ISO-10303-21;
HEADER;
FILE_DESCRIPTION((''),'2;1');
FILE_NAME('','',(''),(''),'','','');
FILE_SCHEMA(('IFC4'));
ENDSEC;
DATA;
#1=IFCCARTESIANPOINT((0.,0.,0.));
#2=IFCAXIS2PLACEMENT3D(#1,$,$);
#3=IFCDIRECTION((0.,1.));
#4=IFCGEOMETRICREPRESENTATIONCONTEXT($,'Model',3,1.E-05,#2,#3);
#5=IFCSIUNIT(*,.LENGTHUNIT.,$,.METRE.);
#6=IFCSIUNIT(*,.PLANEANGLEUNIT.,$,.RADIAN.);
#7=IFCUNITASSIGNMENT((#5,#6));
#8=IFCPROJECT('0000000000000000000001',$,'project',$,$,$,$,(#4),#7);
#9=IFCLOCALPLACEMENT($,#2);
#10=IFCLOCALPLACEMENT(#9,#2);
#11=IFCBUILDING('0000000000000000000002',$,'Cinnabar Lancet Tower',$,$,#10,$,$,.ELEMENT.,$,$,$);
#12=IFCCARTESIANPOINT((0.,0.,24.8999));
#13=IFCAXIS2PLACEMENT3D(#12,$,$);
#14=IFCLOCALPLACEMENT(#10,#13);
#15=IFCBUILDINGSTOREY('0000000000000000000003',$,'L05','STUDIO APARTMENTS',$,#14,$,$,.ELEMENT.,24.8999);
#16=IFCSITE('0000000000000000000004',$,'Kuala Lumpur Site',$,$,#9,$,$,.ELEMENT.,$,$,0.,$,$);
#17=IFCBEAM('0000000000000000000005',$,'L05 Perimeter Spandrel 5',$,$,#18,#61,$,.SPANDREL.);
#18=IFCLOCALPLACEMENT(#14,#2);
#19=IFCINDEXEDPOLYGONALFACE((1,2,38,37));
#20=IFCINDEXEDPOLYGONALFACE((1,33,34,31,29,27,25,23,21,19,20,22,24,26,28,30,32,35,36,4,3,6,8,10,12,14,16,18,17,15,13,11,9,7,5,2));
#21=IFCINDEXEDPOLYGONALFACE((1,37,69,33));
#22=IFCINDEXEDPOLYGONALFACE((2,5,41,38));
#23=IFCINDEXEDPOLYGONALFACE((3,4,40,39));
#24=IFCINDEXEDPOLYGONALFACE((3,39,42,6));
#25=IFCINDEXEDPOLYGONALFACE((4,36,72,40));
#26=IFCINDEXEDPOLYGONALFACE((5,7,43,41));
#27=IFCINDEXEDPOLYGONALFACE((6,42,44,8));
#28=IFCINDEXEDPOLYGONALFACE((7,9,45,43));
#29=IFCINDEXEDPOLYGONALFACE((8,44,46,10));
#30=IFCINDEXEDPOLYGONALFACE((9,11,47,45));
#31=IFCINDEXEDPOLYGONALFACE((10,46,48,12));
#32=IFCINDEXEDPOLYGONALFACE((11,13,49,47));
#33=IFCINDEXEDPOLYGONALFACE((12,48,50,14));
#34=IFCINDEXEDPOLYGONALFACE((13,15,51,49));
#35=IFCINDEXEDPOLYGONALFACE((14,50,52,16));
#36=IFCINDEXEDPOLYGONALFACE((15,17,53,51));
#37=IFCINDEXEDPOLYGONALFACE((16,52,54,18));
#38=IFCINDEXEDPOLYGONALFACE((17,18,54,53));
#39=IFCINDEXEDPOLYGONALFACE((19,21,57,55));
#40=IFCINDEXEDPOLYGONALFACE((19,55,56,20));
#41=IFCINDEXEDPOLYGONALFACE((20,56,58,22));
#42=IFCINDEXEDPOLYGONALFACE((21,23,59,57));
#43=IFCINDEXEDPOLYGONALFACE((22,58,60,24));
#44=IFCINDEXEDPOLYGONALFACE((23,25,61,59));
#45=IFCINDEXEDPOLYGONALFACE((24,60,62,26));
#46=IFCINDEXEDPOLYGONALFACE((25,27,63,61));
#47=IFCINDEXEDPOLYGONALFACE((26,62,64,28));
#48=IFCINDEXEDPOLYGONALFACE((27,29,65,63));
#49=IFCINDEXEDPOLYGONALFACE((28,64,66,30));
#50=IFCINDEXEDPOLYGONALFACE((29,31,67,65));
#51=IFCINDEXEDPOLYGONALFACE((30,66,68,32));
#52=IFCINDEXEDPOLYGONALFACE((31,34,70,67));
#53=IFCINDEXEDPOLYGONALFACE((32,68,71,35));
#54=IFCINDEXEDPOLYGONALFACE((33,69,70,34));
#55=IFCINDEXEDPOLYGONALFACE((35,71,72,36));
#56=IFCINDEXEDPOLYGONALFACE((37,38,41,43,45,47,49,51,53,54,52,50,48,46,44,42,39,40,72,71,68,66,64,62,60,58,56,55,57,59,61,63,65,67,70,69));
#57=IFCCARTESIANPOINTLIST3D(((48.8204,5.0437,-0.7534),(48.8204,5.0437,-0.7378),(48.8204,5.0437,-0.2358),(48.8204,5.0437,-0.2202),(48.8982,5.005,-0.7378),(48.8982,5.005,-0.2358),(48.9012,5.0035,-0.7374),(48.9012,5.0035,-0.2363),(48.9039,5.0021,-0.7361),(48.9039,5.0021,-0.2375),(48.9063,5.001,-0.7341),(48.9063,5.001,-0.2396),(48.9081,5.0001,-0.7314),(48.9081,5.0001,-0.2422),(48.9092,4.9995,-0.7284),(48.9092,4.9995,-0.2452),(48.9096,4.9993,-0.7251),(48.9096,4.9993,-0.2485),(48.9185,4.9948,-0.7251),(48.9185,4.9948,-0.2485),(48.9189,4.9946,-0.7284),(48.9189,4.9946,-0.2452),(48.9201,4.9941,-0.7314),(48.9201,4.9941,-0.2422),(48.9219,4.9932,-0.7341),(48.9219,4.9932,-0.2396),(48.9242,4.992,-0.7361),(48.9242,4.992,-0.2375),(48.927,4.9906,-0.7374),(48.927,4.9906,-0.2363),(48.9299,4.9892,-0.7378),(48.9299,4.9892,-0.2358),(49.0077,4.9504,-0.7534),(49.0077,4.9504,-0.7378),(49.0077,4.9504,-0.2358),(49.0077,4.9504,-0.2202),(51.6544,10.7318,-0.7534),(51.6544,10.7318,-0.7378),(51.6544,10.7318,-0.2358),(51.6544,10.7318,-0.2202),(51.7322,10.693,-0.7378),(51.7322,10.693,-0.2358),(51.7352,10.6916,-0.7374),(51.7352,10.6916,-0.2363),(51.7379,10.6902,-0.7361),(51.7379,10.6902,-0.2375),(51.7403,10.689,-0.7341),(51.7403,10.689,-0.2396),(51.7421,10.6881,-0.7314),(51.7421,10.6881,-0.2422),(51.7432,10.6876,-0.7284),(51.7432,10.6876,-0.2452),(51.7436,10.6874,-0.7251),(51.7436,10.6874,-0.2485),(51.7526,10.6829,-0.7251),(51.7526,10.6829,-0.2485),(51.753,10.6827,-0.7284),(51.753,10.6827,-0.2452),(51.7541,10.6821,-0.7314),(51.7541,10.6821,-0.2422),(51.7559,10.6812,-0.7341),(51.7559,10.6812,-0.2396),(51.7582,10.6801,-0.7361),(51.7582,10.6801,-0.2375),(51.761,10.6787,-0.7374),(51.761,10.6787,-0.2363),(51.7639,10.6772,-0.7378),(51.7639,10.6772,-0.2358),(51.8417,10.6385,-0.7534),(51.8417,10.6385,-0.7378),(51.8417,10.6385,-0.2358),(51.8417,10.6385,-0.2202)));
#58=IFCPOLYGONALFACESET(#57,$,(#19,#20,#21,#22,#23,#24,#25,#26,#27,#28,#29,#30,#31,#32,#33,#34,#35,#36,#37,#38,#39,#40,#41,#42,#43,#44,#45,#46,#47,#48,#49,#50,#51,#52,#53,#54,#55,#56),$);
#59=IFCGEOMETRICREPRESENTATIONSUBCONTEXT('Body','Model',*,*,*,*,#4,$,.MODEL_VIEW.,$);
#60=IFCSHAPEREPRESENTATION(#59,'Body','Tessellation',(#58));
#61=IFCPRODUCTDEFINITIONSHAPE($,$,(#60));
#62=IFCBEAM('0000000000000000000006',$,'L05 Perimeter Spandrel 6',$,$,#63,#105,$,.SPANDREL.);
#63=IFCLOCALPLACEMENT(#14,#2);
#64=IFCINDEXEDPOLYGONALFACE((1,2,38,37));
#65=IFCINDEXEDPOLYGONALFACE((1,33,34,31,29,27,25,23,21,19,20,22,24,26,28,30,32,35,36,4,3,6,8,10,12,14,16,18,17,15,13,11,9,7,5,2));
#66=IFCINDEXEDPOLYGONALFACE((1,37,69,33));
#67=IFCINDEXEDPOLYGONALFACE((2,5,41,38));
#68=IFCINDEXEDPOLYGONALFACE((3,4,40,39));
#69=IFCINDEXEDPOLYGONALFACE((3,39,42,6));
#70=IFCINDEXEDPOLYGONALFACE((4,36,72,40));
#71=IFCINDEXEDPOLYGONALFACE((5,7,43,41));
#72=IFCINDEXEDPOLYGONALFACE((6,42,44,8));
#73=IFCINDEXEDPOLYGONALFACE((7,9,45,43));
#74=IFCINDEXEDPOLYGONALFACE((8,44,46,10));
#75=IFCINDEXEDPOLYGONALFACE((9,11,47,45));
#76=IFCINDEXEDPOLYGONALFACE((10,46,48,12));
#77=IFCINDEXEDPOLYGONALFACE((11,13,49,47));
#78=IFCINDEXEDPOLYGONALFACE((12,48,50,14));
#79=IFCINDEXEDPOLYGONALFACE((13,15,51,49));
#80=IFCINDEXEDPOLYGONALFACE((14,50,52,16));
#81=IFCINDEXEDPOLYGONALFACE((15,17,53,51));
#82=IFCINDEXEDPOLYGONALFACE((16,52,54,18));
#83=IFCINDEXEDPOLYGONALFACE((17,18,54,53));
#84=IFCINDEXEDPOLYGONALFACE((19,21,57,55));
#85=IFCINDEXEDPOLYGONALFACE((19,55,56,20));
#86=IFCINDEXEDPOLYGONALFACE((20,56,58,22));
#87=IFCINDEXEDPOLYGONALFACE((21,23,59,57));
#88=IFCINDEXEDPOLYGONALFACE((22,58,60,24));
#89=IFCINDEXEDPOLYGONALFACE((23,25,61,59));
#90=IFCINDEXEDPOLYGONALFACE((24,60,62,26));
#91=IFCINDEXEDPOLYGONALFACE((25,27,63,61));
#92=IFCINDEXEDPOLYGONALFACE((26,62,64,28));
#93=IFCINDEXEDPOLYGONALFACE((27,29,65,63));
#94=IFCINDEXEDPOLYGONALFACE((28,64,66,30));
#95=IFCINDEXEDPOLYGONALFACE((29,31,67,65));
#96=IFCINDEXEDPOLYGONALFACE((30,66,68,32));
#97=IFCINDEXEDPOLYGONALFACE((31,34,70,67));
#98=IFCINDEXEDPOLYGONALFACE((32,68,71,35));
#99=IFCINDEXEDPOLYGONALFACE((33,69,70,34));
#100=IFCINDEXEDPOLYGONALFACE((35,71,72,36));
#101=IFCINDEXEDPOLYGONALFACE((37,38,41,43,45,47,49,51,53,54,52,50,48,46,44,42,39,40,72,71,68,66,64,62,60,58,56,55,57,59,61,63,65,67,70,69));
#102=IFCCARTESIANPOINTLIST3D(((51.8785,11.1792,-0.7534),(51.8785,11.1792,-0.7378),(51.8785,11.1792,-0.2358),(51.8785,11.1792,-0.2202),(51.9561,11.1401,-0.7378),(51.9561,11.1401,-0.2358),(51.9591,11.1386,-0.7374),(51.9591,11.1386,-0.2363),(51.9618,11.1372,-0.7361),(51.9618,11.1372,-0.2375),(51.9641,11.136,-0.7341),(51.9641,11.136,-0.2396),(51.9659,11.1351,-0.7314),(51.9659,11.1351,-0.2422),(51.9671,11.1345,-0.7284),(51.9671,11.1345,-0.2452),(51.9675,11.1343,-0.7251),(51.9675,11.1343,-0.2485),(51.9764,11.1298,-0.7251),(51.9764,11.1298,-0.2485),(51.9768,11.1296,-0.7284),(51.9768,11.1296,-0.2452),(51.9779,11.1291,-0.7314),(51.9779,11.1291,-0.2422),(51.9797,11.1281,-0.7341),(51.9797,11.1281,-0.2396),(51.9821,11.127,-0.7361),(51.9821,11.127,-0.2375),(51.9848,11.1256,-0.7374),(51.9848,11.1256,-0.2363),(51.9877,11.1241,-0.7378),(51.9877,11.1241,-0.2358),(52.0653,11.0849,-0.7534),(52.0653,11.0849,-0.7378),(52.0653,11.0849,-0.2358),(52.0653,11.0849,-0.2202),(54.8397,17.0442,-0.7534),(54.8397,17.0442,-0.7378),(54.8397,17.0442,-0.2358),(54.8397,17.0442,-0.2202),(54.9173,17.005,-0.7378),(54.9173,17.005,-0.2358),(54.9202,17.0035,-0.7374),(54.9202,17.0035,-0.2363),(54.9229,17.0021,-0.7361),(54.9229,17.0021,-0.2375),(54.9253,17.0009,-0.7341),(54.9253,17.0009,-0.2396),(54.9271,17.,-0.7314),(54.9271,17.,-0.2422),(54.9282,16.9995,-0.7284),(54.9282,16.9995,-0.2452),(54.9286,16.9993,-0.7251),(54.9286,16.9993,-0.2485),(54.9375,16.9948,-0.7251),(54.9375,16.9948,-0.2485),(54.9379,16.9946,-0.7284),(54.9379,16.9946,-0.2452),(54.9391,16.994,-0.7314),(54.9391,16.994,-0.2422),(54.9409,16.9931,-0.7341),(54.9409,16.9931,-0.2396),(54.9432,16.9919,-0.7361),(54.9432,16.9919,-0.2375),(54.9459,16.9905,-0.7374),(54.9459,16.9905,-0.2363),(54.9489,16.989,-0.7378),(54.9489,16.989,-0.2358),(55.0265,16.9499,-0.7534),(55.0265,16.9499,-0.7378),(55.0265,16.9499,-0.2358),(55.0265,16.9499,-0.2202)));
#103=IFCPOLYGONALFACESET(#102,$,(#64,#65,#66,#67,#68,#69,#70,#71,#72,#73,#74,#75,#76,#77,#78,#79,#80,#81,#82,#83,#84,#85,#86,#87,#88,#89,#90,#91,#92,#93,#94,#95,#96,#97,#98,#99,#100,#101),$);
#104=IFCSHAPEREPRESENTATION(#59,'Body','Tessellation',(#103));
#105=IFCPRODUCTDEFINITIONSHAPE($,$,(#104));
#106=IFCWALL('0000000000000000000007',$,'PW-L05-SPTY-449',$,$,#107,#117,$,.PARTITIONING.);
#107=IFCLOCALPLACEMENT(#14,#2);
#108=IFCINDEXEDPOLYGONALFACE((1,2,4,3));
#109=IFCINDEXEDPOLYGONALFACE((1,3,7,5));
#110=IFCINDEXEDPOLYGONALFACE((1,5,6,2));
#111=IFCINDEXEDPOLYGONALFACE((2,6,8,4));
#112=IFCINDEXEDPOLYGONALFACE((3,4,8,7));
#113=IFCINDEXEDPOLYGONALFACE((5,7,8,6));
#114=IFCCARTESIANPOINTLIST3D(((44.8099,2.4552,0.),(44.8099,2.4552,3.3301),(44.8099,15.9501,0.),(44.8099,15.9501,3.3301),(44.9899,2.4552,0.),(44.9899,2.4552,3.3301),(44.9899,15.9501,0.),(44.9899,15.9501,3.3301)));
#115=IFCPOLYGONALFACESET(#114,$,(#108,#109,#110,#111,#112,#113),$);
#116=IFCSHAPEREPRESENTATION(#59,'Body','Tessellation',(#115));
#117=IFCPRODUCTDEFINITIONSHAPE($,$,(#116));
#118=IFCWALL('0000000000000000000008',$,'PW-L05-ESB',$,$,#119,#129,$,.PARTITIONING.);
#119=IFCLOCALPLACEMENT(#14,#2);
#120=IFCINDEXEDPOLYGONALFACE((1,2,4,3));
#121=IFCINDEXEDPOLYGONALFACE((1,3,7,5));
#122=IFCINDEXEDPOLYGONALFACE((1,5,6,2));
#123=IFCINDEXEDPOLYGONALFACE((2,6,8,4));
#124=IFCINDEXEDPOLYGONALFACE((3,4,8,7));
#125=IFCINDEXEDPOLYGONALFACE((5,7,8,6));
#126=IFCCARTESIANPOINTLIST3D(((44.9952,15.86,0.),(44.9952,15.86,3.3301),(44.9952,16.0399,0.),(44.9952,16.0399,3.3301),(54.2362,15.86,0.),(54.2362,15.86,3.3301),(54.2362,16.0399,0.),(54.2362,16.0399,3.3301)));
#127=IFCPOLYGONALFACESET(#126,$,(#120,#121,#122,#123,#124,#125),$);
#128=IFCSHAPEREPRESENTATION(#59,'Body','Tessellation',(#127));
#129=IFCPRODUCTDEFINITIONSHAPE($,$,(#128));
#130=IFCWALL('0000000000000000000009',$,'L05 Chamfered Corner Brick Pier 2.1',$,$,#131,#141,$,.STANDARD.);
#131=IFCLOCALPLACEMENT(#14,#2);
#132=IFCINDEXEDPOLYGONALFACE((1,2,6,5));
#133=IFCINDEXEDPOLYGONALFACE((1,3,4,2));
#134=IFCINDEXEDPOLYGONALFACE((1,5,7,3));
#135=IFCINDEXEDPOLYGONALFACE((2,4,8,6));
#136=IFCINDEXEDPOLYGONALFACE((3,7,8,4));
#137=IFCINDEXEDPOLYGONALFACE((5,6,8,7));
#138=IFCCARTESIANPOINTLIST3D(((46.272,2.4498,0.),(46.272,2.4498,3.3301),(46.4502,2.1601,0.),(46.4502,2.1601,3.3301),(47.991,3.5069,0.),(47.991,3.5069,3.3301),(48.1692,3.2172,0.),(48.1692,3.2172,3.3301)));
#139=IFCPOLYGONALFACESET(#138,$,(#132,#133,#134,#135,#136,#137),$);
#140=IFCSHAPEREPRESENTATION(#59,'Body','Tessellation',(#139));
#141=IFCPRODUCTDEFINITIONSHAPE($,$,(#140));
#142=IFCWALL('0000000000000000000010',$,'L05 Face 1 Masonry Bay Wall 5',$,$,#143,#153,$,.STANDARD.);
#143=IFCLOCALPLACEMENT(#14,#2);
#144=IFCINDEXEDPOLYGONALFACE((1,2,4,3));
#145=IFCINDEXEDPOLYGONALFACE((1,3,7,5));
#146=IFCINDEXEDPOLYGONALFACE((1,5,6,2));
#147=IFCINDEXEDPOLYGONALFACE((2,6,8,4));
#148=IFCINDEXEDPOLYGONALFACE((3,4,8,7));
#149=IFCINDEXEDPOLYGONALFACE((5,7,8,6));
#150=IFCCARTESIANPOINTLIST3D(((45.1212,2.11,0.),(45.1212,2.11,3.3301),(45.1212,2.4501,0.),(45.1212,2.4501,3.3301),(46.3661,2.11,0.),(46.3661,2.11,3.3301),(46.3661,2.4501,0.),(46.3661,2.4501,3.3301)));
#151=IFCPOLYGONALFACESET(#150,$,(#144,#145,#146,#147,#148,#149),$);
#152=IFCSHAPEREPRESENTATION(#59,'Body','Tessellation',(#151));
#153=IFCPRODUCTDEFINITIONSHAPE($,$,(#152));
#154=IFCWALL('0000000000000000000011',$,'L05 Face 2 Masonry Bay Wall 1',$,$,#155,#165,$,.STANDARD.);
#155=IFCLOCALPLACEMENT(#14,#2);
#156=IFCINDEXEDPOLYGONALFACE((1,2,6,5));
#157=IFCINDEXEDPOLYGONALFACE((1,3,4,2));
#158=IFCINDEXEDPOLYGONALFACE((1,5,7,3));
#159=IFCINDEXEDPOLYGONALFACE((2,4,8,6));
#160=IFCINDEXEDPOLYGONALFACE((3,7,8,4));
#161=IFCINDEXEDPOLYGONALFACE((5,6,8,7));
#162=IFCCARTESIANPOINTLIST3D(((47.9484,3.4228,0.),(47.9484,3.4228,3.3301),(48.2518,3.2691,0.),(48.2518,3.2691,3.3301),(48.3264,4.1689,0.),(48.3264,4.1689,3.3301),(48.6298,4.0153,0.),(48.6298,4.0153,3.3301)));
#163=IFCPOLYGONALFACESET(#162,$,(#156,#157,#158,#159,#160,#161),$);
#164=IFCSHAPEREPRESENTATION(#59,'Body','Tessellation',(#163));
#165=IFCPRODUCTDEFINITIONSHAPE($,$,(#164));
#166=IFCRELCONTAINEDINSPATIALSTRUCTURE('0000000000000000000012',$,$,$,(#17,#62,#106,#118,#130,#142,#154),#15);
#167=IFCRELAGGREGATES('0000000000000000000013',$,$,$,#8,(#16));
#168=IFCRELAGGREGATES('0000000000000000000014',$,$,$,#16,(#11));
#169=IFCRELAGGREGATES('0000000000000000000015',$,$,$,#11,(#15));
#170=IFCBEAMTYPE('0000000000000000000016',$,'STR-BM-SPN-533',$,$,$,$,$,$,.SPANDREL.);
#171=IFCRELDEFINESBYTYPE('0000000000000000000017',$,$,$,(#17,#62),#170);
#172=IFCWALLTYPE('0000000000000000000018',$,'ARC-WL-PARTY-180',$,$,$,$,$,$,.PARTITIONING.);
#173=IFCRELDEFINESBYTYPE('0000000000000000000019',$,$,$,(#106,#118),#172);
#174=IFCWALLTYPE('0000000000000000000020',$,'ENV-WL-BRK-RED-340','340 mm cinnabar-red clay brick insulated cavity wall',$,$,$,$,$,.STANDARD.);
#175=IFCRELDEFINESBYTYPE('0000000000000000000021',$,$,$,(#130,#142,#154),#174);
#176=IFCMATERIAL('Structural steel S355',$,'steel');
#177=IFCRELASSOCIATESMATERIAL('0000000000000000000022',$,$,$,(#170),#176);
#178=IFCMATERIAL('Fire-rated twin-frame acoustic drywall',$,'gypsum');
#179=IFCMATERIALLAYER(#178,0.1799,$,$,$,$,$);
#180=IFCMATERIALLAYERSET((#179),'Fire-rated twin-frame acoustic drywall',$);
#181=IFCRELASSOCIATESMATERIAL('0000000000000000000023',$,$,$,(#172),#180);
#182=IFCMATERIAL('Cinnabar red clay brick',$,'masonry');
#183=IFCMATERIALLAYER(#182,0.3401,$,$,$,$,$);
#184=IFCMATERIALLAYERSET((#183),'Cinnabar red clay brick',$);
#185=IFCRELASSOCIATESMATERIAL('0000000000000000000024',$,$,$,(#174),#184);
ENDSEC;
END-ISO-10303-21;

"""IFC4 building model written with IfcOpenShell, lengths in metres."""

from ifc_helpers import new_model, si_unit, direction, frame, frame_2d, origin, origin_2d, place, context, subcontext, project, spatial, rectangle, i_section, extrude, material, layer, layer_set, material_profile, profile_set, type_object, element, save


model = new_model("IFC4")

# Units and contexts
model_context = context("Model", 3, precision=1e-05, world=origin(), true_north=direction((0.0, 1.0)))
body_context = subcontext(model_context, "Body", "Model", "MODEL_VIEW")
ifc_project = project(units=[si_unit("LENGTHUNIT", "METRE"), si_unit("PLANEANGLEUNIT", "RADIAN")], contexts=[model_context])

# Site, building, storey
site_placement = place(None, origin())
site = spatial("IfcSite", under=ifc_project, at=site_placement, Name="Kuala Lumpur Site", CompositionType="ELEMENT", RefElevation=0.0)
building_placement = place(site_placement, origin())
building = spatial("IfcBuilding", under=site, at=building_placement, Name="Cinnabar Lancet Tower", CompositionType="ELEMENT")
storey_placement = place(building_placement, frame((0.0, 0.0, 24.8999)))
storey = spatial("IfcBuildingStorey", under=building, at=storey_placement, Name="L05", Description="STUDIO APARTMENTS", CompositionType="ELEMENT", Elevation=24.8999)

# Beams
ifc_material_1 = material(Name="Structural steel S355", Category="steel")
ifc_material_profile_1 = material_profile(ifc_material_1, i_section(OverallWidth=0.2092, OverallDepth=0.5332, WebThickness=0.01, FlangeThickness=0.0156, FilletRadius=0.0127, at=origin_2d()), Name="UKB 533x210x92")
ifc_profile_set_1 = profile_set([ifc_material_profile_1], Name="Structural steel S355")
beam_type_1 = type_object("IfcBeamType", Name="STR-BM-SPN-533", PredefinedType="SPANDREL", material=ifc_profile_set_1)
beam_1_placement = place(storey_placement, frame((48.9141, 4.9971, -0.4868), z_axis=(0.445953, 0.895056, 0.0), x_axis=(-0.895056, 0.445953, 0.0)))
element("IfcBeam", 1, at=beam_1_placement, inside=storey, type_object=beam_type_1, Name="L05 Perimeter Spandrel 5", PredefinedType="SPANDREL", context=body_context, shape_type="SweptSolid", body=[
    extrude(i_section(OverallWidth=0.2092, OverallDepth=0.5332, WebThickness=0.01, FlangeThickness=0.0156, FilletRadius=0.0127, at=origin_2d()), origin(), (0.0, 0.0, 1.0), 6.355),
])
beam_2_placement = place(storey_placement, frame((51.9719, 11.1321, -0.4868), z_axis=(0.450703, 0.892674, 0.0), x_axis=(-0.892674, 0.450703, 0.0)))
element("IfcBeam", 2, at=beam_2_placement, inside=storey, type_object=beam_type_1, Name="L05 Perimeter Spandrel 6", PredefinedType="SPANDREL", context=body_context, shape_type="SweptSolid", body=[
    extrude(i_section(OverallWidth=0.2092, OverallDepth=0.5332, WebThickness=0.01, FlangeThickness=0.0156, FilletRadius=0.0127, at=origin_2d()), origin(), (0.0, 0.0, 1.0), 6.5701),
])

# Walls
ifc_material_2 = material(Name="Fire-rated twin-frame acoustic drywall", Category="gypsum")
ifc_layer_1 = layer(ifc_material_2, 0.1799)
ifc_layer_set_1 = layer_set([ifc_layer_1], Name="Fire-rated twin-frame acoustic drywall")
wall_type_1 = type_object("IfcWallType", Name="ARC-WL-PARTY-180", PredefinedType="PARTITIONING", material=ifc_layer_set_1)
wall_1_placement = place(storey_placement, frame((44.8999, 2.4551, 0.0), z_axis=(0.0, 0.0, 1.0), x_axis=(0.0, 1.0, 0.0)))
element("IfcWall", 3, at=wall_1_placement, inside=storey, type_object=wall_type_1, Name="PW-L05-SPTY-449", PredefinedType="PARTITIONING", context=body_context, shape_type="SweptSolid", body=[
    extrude(rectangle(XDim=13.4949, YDim=0.1799, at=frame_2d((6.7476, 0.0))), origin(), (0.0, 0.0, 1.0), 3.3301),
])
wall_2_placement = place(storey_placement, frame((44.9951, 15.95, 0.0), z_axis=(0.0, 0.0, 1.0), x_axis=(1.0, 0.0, 0.0)))
element("IfcWall", 4, at=wall_2_placement, inside=storey, type_object=wall_type_1, Name="PW-L05-ESB", PredefinedType="PARTITIONING", context=body_context, shape_type="SweptSolid", body=[
    extrude(rectangle(XDim=9.241, YDim=0.1799, at=frame_2d((4.6206, 0.0))), origin(), (0.0, 0.0, 1.0), 3.3301),
])
ifc_material_3 = material(Name="Cinnabar red clay brick", Category="masonry")
ifc_layer_2 = layer(ifc_material_3, 0.3401)
ifc_layer_set_2 = layer_set([ifc_layer_2], Name="Cinnabar red clay brick")
wall_type_2 = type_object("IfcWallType", Name="ENV-WL-BRK-RED-340", Description="340 mm cinnabar-red clay brick insulated cavity wall", PredefinedType="STANDARD", material=ifc_layer_set_2)
wall_3_placement = place(storey_placement, frame((46.3611, 2.3049, 0.0), z_axis=(0.0, 0.0, 1.0), x_axis=(0.851816, 0.523841, 0.0)))
element("IfcWall", 5, at=wall_3_placement, inside=storey, type_object=wall_type_2, Name="L05 Chamfered Corner Brick Pier 2.1", PredefinedType="STANDARD", context=body_context, shape_type="SweptSolid", body=[
    extrude(rectangle(XDim=2.0181, YDim=0.3401, at=frame_2d((1.009, 0.0))), origin(), (0.0, 0.0, 1.0), 3.3301),
])
wall_4_placement = place(storey_placement, frame((45.1211, 2.28, 0.0), z_axis=(0.0, 0.0, 1.0), x_axis=(1.0, 0.0, 0.0)))
element("IfcWall", 6, at=wall_4_placement, inside=storey, type_object=wall_type_2, Name="L05 Face 1 Masonry Bay Wall 5", PredefinedType="STANDARD", context=body_context, shape_type="SweptSolid", body=[
    extrude(rectangle(XDim=1.2449, YDim=0.3401, at=frame_2d((0.6226, 0.0))), origin(), (0.0, 0.0, 1.0), 3.3301),
])
wall_5_placement = place(storey_placement, frame((48.1001, 3.3459, 0.0), z_axis=(0.0, 0.0, 1.0), x_axis=(0.451878, 0.89208, 0.0)))
element("IfcWall", 7, at=wall_5_placement, inside=storey, type_object=wall_type_2, Name="L05 Face 2 Masonry Bay Wall 1", PredefinedType="STANDARD", context=body_context, shape_type="SweptSolid", body=[
    extrude(rectangle(XDim=0.8364, YDim=0.3401, at=frame_2d((0.4182, 0.0))), origin(), (0.0, 0.0, 1.0), 3.3301),
])

save(model, "model.ifc")
